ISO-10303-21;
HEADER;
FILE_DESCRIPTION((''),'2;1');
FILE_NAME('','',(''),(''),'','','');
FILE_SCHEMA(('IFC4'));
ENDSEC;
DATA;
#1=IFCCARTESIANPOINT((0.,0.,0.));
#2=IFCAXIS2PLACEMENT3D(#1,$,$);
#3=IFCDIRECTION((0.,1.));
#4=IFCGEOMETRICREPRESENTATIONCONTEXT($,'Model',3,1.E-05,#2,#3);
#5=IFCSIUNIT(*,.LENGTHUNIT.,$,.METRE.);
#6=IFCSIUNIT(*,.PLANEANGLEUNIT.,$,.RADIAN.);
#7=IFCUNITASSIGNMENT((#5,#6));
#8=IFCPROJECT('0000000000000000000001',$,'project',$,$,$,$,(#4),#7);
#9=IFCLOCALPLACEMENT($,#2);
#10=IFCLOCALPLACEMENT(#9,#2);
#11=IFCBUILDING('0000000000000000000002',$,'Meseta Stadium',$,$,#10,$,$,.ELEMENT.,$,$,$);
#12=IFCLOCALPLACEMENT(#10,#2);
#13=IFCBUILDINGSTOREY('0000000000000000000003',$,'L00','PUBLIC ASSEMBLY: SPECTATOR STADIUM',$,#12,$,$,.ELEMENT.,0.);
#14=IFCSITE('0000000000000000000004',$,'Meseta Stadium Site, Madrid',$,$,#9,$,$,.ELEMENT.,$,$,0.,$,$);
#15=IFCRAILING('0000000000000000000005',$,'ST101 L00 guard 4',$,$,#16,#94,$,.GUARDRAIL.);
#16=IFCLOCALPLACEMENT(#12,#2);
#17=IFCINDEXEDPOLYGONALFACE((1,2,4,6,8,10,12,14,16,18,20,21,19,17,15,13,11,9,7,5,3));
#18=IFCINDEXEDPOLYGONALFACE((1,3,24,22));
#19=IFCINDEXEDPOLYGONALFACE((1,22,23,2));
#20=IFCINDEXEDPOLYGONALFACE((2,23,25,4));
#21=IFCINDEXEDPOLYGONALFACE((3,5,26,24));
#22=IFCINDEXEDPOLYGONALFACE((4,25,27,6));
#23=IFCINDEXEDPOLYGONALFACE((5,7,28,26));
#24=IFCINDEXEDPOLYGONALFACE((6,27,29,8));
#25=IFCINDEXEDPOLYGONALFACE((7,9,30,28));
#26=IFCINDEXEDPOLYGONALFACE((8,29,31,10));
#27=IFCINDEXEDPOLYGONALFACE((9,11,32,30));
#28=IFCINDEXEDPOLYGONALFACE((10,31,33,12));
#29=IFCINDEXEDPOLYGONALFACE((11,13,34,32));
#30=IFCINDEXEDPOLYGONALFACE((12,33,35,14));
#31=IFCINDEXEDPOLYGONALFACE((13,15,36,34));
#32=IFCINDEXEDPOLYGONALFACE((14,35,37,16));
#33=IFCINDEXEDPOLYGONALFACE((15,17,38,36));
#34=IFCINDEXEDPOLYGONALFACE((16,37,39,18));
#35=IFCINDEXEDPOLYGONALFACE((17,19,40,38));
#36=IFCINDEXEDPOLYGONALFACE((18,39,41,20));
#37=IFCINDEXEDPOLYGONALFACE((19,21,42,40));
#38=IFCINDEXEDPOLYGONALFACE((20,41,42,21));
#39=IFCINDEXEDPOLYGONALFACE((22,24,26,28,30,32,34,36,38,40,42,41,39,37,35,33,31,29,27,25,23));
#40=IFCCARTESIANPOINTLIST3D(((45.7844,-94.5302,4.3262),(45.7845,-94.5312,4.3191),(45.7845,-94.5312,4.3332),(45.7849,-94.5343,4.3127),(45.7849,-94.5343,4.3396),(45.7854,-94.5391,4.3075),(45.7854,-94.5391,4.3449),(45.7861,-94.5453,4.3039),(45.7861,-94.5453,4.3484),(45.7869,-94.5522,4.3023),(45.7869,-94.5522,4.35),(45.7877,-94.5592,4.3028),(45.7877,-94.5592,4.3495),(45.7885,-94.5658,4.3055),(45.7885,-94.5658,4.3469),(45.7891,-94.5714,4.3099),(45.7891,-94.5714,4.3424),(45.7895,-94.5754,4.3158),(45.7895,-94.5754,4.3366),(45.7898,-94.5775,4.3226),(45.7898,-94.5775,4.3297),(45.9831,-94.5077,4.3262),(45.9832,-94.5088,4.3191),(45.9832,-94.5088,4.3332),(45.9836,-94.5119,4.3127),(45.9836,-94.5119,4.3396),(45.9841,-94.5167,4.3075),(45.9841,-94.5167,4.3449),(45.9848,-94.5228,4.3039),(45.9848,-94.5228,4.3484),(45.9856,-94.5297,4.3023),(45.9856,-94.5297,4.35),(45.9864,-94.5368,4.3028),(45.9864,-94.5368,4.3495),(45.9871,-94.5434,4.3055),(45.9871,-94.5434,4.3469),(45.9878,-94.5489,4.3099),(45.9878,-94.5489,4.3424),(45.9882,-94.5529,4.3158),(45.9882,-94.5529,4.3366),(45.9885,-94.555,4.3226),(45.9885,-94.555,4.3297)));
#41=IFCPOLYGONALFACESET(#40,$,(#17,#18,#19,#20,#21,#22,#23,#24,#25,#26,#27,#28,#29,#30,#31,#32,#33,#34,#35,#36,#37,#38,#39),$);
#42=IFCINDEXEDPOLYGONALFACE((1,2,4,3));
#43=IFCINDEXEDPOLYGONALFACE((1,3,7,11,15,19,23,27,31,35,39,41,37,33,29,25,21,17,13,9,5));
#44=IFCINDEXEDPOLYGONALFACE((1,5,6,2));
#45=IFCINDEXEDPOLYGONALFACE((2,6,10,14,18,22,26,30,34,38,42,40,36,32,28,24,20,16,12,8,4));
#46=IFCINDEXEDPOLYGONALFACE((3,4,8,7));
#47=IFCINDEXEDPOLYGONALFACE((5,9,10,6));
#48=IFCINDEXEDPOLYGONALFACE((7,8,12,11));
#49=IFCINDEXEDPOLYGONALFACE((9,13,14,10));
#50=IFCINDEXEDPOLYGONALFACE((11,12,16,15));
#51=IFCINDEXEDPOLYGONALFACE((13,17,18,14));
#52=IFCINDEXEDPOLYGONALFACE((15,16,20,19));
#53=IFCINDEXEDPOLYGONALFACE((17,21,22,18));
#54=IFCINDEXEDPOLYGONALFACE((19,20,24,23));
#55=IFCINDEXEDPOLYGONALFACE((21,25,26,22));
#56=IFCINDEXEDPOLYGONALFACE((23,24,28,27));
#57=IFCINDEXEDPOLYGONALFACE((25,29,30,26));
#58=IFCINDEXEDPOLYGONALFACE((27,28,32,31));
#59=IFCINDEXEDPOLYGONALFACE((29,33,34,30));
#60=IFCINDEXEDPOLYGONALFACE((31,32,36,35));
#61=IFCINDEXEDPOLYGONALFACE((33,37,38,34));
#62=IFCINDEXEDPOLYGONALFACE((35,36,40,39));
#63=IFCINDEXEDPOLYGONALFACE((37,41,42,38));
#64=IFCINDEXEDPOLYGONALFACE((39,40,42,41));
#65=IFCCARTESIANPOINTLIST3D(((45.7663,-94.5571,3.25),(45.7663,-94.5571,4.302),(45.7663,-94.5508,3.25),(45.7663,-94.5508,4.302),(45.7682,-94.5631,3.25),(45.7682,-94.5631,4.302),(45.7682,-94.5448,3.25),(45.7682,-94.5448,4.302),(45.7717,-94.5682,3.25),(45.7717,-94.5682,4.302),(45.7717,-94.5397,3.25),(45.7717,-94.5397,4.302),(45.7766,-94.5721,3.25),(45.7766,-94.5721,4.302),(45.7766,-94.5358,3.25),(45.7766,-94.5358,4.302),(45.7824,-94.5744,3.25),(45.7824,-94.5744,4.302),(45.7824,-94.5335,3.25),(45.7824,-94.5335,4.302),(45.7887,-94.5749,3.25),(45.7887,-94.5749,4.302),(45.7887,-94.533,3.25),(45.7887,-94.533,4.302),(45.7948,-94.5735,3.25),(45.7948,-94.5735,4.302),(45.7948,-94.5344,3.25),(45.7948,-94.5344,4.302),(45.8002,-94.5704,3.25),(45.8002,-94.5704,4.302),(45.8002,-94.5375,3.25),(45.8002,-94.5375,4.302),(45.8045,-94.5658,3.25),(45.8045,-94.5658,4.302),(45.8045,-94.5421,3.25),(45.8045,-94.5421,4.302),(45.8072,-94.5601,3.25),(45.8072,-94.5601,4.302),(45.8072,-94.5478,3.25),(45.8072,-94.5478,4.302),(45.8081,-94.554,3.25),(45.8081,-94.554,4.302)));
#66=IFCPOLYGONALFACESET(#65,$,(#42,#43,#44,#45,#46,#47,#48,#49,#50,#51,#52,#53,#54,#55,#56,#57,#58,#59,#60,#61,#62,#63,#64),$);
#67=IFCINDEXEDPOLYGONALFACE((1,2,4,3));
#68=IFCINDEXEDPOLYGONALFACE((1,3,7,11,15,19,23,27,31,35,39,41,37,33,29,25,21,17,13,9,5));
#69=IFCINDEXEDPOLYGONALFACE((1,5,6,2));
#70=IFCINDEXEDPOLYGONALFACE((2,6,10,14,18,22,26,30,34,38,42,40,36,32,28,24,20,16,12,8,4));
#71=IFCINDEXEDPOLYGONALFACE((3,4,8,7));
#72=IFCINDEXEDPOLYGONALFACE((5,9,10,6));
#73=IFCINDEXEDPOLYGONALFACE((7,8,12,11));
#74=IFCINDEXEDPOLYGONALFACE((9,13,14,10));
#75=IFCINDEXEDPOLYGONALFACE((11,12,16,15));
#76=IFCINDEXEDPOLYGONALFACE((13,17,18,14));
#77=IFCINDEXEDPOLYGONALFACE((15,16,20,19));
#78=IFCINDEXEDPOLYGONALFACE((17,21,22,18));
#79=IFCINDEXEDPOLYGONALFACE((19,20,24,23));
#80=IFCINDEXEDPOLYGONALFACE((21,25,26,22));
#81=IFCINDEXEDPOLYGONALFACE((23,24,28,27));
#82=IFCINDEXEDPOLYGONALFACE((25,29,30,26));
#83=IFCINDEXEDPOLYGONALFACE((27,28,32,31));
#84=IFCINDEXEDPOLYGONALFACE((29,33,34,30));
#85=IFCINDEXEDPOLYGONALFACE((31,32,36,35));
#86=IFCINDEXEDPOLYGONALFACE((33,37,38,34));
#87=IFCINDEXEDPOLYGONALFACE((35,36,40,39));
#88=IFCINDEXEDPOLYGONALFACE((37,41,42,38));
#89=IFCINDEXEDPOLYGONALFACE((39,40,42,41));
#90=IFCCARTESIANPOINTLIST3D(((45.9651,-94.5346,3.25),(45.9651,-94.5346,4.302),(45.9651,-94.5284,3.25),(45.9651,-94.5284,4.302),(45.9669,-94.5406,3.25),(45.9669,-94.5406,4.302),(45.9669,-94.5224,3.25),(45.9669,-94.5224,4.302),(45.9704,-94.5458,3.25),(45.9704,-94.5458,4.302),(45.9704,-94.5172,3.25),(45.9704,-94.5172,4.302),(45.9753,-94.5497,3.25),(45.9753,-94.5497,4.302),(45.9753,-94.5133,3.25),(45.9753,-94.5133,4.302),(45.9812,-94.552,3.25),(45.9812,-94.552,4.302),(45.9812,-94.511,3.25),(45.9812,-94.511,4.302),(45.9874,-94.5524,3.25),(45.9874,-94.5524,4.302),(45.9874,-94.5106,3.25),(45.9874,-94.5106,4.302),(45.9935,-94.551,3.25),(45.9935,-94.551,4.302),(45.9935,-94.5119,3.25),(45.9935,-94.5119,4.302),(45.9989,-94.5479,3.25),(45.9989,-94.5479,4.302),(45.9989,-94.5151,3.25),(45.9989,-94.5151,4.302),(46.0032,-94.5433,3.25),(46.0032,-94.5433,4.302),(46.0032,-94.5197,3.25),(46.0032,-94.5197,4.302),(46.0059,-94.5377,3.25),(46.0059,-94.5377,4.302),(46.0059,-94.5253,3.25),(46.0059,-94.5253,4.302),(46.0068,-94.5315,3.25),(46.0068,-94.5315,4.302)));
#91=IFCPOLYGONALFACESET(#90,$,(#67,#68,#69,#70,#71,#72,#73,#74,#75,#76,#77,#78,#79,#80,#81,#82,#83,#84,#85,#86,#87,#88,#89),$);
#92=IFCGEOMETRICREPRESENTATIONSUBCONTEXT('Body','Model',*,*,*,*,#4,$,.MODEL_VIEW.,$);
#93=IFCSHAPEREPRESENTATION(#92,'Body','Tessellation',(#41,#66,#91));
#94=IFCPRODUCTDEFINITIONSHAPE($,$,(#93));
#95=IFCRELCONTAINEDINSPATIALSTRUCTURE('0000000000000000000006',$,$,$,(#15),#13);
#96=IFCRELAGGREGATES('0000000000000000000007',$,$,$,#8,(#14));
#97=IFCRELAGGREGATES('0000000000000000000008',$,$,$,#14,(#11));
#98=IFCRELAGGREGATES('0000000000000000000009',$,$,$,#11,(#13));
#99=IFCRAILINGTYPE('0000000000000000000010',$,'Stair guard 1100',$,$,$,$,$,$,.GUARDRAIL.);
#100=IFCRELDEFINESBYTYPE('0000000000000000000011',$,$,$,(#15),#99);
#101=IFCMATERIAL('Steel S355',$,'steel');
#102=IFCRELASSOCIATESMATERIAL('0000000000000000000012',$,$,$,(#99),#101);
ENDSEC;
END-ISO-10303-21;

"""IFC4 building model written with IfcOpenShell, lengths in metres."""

from ifc_helpers import new_model, si_unit, direction, frame, origin, origin_2d, place, context, subcontext, project, spatial, circle, extrude, material, type_object, element, save


model = new_model("IFC4")

# Units and contexts
model_context = context("Model", 3, precision=1e-05, world=origin(), true_north=direction((0.0, 1.0)))
body_context = subcontext(model_context, "Body", "Model", "MODEL_VIEW")
ifc_project = project(units=[si_unit("LENGTHUNIT", "METRE"), si_unit("PLANEANGLEUNIT", "RADIAN")], contexts=[model_context])

# Site, building, storey
site_placement = place(None, origin())
site = spatial("IfcSite", under=ifc_project, at=site_placement, Name="Meseta Stadium Site, Madrid", CompositionType="ELEMENT", RefElevation=0.0)
building_placement = place(site_placement, origin())
building = spatial("IfcBuilding", under=site, at=building_placement, Name="Meseta Stadium", CompositionType="ELEMENT")
storey_placement = place(building_placement, origin())
storey = spatial("IfcBuildingStorey", under=building, at=storey_placement, Name="L00", Description="PUBLIC ASSEMBLY: SPECTATOR STADIUM", CompositionType="ELEMENT", Elevation=0.0)

# Railing
ifc_material_1 = material(Name="Steel S355", Category="steel")
railing_type_1 = type_object("IfcRailingType", Name="Stair guard 1100", PredefinedType="GUARDRAIL", material=ifc_material_1)
railing_1_placement = place(storey_placement, frame((45.7871, -94.554, 3.25)))
element("IfcRailing", 1, at=railing_1_placement, inside=storey, type_object=railing_type_1, Name="ST101 L00 guard 4", PredefinedType="GUARDRAIL", context=body_context, shape_type="SweptSolid", body=[
    extrude(circle(Radius=0.0239, at=origin_2d()), frame((0.0, 0.0, 1.0762), z_axis=(0.993674, 0.112307, 0.0), x_axis=(-0.112307, 0.993674, 0.0)), (0.0, 0.0, 1.0), 0.2),
    extrude(circle(Radius=0.021, at=origin_2d()), origin(), (0.0, 0.0, 1.0), 1.052),
    extrude(circle(Radius=0.021, at=origin_2d()), frame((0.1987, 0.0225, 0.0)), (0.0, 0.0, 1.0), 1.052),
])

save(model, "model.ifc")
